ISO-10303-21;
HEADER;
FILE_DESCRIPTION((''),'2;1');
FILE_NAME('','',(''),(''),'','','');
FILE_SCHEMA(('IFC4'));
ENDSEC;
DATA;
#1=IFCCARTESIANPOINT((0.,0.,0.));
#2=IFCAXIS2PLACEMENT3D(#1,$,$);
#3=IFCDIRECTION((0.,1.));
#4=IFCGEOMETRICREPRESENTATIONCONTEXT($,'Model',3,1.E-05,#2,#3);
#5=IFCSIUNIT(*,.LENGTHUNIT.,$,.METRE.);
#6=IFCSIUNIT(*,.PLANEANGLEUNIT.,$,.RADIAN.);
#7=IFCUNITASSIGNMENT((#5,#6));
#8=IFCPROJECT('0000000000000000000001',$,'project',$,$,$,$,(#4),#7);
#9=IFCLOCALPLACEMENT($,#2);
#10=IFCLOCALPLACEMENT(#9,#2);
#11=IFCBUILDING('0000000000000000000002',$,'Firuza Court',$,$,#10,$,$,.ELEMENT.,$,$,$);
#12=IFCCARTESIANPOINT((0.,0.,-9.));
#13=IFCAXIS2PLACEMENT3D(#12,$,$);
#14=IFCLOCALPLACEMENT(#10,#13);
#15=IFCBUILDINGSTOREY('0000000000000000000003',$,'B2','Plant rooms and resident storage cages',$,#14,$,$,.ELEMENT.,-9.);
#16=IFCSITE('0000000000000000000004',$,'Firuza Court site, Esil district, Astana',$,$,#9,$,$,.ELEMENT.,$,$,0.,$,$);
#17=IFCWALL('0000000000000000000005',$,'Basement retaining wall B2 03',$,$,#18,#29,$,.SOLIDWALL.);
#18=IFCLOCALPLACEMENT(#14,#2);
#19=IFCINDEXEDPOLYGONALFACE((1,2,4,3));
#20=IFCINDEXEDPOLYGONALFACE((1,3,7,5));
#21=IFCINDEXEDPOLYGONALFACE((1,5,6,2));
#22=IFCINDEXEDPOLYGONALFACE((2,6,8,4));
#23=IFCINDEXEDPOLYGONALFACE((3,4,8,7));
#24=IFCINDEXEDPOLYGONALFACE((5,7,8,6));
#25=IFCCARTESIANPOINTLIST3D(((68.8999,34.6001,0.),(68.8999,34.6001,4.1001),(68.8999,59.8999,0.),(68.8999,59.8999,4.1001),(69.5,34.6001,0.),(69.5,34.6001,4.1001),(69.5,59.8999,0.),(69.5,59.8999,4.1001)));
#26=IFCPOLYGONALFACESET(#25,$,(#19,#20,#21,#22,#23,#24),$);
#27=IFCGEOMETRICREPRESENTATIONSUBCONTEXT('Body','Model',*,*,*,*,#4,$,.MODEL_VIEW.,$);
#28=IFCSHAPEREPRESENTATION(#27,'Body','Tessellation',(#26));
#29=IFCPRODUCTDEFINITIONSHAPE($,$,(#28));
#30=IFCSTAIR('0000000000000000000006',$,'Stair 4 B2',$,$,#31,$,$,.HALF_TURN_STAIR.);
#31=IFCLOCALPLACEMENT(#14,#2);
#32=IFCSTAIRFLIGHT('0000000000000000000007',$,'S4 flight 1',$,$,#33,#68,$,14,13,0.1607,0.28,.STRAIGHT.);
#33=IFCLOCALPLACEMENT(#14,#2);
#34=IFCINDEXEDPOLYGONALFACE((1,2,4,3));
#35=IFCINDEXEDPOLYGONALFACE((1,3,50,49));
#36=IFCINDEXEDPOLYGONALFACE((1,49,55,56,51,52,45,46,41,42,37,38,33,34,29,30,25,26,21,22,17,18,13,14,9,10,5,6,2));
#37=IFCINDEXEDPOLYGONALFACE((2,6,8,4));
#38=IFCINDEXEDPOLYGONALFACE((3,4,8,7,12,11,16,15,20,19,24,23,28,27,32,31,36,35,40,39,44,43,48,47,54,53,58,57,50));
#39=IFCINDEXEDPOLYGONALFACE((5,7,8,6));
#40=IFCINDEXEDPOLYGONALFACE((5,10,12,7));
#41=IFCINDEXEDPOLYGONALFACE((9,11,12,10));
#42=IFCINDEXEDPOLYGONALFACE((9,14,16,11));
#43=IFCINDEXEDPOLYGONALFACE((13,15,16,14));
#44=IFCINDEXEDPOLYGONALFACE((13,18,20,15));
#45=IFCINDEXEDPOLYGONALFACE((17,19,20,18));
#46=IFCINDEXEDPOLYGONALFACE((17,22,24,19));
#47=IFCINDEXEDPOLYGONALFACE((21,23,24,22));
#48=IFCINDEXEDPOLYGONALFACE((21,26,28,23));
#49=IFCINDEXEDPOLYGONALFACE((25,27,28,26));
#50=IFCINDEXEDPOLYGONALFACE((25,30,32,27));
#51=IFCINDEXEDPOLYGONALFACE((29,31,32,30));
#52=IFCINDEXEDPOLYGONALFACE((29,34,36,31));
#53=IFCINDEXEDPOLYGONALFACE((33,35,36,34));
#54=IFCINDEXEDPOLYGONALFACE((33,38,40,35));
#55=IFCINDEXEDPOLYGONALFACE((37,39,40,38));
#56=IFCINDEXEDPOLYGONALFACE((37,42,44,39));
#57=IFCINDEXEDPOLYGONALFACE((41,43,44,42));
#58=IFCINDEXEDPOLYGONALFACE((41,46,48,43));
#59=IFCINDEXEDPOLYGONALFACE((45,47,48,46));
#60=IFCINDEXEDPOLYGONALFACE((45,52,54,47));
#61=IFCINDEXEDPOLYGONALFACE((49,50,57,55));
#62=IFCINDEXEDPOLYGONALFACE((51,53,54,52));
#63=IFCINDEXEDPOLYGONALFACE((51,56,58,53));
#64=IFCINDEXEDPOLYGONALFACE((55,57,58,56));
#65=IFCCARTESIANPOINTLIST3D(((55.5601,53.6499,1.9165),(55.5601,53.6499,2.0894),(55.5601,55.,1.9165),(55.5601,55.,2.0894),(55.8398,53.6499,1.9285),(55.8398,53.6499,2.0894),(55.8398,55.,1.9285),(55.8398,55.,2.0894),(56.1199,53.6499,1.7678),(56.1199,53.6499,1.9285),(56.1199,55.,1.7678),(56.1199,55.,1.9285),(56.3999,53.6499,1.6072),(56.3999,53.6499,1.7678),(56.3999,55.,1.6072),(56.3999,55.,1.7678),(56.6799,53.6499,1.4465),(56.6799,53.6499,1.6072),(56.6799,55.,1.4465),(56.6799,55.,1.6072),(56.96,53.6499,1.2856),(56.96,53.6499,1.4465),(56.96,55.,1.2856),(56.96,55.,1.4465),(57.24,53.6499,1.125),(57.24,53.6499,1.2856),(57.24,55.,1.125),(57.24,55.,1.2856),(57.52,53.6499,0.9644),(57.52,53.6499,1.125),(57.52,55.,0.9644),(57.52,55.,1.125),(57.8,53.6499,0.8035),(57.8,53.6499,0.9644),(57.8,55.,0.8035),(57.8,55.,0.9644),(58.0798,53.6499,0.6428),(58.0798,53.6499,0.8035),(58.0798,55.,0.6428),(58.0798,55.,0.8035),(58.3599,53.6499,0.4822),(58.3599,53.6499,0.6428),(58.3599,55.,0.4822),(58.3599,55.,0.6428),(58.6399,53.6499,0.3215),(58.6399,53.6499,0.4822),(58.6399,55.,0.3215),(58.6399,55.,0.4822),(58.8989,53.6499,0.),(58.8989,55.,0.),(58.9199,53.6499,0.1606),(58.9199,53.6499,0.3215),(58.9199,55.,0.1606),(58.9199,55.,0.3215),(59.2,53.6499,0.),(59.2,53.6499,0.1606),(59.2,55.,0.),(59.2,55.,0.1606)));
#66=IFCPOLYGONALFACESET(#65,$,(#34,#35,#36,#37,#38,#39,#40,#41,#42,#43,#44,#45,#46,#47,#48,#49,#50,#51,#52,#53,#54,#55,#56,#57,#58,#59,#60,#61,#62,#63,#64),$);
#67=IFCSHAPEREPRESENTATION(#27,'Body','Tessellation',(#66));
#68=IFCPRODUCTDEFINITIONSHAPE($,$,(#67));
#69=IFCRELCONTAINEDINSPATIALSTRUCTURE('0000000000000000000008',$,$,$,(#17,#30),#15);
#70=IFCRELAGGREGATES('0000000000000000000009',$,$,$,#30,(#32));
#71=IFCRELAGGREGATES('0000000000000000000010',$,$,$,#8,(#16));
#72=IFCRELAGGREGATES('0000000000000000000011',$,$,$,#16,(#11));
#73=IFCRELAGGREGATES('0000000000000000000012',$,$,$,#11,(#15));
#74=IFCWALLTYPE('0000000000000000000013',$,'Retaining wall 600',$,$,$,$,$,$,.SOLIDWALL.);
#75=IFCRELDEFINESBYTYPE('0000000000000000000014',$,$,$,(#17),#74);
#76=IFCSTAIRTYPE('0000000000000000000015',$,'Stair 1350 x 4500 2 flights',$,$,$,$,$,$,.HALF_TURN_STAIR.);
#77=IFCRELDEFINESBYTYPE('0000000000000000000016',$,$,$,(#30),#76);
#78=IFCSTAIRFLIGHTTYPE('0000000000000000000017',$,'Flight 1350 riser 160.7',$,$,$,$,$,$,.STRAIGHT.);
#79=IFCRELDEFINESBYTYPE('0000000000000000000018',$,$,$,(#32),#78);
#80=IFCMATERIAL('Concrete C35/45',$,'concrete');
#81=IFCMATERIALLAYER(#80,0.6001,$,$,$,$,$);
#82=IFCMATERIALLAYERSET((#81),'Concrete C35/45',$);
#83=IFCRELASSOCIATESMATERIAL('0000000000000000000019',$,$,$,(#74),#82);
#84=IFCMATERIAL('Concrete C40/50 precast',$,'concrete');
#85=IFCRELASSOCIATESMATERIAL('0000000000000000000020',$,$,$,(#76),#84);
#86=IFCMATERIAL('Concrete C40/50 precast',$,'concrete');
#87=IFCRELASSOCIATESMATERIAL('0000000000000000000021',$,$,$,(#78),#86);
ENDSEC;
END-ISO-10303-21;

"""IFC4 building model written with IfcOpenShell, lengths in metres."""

from ifc_helpers import new_model, si_unit, direction, frame, frame_2d, origin, place, context, subcontext, project, spatial, polyline, rectangle, outline, extrude, material, layer, layer_set, type_object, element, aggregate, save


model = new_model("IFC4")

# Units and contexts
model_context = context("Model", 3, precision=1e-05, world=origin(), true_north=direction((0.0, 1.0)))
body_context = subcontext(model_context, "Body", "Model", "MODEL_VIEW")
ifc_project = project(units=[si_unit("LENGTHUNIT", "METRE"), si_unit("PLANEANGLEUNIT", "RADIAN")], contexts=[model_context])

# Site, building, storey
site_placement = place(None, origin())
site = spatial("IfcSite", under=ifc_project, at=site_placement, Name="Firuza Court site, Esil district, Astana", CompositionType="ELEMENT", RefElevation=0.0)
building_placement = place(site_placement, origin())
building = spatial("IfcBuilding", under=site, at=building_placement, Name="Firuza Court", CompositionType="ELEMENT")
storey_placement = place(building_placement, frame((0.0, 0.0, -9.0)))
storey = spatial("IfcBuildingStorey", under=building, at=storey_placement, Name="B2", Description="Plant rooms and resident storage cages", CompositionType="ELEMENT", Elevation=-9.0)

# Shared definitions
ifc_material_1 = material(Name="Concrete C35/45", Category="concrete")

# Wall
ifc_layer_1 = layer(ifc_material_1, 0.6001)
ifc_layer_set_1 = layer_set([ifc_layer_1], Name="Concrete C35/45")
wall_type_1 = type_object("IfcWallType", Name="Retaining wall 600", PredefinedType="SOLIDWALL", material=ifc_layer_set_1)
wall_1_placement = place(storey_placement, frame((69.2, 59.8999, 0.0), z_axis=(0.0, 0.0, 1.0), x_axis=(0.0, -1.0, 0.0)))
element("IfcWall", 1, at=wall_1_placement, inside=storey, type_object=wall_type_1, Name="Basement retaining wall B2 03", PredefinedType="SOLIDWALL", context=body_context, shape_type="SweptSolid", body=[
    extrude(rectangle(XDim=25.2998, YDim=0.6001, at=frame_2d((12.6499, 0.0))), origin(), (0.0, 0.0, 1.0), 4.1001),
])

# Stair, stair flight
ifc_material_2 = material(Name="Concrete C40/50 precast", Category="concrete")
stair_type = type_object("IfcStairType", Name="Stair 1350 x 4500 2 flights", PredefinedType="HALF_TURN_STAIR", material=ifc_material_2)
stair_placement = place(storey_placement, origin())
stair = element("IfcStair", 2, at=stair_placement, inside=storey, type_object=stair_type, Name="Stair 4 B2", PredefinedType="HALF_TURN_STAIR")
ifc_material_3 = material(Name="Concrete C40/50 precast", Category="concrete")
stair_flight_type = type_object("IfcStairFlightType", Name="Flight 1350 riser 160.7", PredefinedType="STRAIGHT", material=ifc_material_3)
stair_flight_placement = place(storey_placement, frame((59.2, 54.325, 0.0), z_axis=(0.0, 0.0, 1.0), x_axis=(-1.0, 0.0, 0.0)))
stair_flight = element("IfcStairFlight", 3, at=stair_flight_placement, type_object=stair_flight_type, Name="S4 flight 1", NumberOfRisers=14, NumberOfTreads=13, PredefinedType="STRAIGHT", RiserHeight=0.1607, TreadLength=0.28, context=body_context, shape_type="SweptSolid", body=[
    extrude(outline(polyline([(0.0, 0.0), (0.0, 0.1606), (0.28, 0.1606), (0.28, 0.3215), (0.5601, 0.3215), (0.5601, 0.4822), (0.8401, 0.4822), (0.8401, 0.6428), (1.1201, 0.6428), (1.1201, 0.8035), (1.3999, 0.8035), (1.3999, 0.9644), (1.6799, 0.9644), (1.6799, 1.125), (1.96, 1.125), (1.96, 1.2856), (2.24, 1.2856), (2.24, 1.4465), (2.52, 1.4465), (2.52, 1.6072), (2.8, 1.6072), (2.8, 1.7678), (3.0801, 1.7678), (3.0801, 1.9285), (3.3601, 1.9285), (3.3601, 2.0894), (3.6399, 2.0894), (3.6399, 2.25), (3.6399, 1.9165), (0.301, 0.0), (0.0, 0.0)])), frame((0.0, 0.675, 0.0), z_axis=(0.0, -1.0, 0.0), x_axis=(1.0, 0.0, 0.0)), (0.0, 0.0, 1.0), 1.3501),
])
aggregate(stair, [stair_flight])

save(model, "model.ifc")
